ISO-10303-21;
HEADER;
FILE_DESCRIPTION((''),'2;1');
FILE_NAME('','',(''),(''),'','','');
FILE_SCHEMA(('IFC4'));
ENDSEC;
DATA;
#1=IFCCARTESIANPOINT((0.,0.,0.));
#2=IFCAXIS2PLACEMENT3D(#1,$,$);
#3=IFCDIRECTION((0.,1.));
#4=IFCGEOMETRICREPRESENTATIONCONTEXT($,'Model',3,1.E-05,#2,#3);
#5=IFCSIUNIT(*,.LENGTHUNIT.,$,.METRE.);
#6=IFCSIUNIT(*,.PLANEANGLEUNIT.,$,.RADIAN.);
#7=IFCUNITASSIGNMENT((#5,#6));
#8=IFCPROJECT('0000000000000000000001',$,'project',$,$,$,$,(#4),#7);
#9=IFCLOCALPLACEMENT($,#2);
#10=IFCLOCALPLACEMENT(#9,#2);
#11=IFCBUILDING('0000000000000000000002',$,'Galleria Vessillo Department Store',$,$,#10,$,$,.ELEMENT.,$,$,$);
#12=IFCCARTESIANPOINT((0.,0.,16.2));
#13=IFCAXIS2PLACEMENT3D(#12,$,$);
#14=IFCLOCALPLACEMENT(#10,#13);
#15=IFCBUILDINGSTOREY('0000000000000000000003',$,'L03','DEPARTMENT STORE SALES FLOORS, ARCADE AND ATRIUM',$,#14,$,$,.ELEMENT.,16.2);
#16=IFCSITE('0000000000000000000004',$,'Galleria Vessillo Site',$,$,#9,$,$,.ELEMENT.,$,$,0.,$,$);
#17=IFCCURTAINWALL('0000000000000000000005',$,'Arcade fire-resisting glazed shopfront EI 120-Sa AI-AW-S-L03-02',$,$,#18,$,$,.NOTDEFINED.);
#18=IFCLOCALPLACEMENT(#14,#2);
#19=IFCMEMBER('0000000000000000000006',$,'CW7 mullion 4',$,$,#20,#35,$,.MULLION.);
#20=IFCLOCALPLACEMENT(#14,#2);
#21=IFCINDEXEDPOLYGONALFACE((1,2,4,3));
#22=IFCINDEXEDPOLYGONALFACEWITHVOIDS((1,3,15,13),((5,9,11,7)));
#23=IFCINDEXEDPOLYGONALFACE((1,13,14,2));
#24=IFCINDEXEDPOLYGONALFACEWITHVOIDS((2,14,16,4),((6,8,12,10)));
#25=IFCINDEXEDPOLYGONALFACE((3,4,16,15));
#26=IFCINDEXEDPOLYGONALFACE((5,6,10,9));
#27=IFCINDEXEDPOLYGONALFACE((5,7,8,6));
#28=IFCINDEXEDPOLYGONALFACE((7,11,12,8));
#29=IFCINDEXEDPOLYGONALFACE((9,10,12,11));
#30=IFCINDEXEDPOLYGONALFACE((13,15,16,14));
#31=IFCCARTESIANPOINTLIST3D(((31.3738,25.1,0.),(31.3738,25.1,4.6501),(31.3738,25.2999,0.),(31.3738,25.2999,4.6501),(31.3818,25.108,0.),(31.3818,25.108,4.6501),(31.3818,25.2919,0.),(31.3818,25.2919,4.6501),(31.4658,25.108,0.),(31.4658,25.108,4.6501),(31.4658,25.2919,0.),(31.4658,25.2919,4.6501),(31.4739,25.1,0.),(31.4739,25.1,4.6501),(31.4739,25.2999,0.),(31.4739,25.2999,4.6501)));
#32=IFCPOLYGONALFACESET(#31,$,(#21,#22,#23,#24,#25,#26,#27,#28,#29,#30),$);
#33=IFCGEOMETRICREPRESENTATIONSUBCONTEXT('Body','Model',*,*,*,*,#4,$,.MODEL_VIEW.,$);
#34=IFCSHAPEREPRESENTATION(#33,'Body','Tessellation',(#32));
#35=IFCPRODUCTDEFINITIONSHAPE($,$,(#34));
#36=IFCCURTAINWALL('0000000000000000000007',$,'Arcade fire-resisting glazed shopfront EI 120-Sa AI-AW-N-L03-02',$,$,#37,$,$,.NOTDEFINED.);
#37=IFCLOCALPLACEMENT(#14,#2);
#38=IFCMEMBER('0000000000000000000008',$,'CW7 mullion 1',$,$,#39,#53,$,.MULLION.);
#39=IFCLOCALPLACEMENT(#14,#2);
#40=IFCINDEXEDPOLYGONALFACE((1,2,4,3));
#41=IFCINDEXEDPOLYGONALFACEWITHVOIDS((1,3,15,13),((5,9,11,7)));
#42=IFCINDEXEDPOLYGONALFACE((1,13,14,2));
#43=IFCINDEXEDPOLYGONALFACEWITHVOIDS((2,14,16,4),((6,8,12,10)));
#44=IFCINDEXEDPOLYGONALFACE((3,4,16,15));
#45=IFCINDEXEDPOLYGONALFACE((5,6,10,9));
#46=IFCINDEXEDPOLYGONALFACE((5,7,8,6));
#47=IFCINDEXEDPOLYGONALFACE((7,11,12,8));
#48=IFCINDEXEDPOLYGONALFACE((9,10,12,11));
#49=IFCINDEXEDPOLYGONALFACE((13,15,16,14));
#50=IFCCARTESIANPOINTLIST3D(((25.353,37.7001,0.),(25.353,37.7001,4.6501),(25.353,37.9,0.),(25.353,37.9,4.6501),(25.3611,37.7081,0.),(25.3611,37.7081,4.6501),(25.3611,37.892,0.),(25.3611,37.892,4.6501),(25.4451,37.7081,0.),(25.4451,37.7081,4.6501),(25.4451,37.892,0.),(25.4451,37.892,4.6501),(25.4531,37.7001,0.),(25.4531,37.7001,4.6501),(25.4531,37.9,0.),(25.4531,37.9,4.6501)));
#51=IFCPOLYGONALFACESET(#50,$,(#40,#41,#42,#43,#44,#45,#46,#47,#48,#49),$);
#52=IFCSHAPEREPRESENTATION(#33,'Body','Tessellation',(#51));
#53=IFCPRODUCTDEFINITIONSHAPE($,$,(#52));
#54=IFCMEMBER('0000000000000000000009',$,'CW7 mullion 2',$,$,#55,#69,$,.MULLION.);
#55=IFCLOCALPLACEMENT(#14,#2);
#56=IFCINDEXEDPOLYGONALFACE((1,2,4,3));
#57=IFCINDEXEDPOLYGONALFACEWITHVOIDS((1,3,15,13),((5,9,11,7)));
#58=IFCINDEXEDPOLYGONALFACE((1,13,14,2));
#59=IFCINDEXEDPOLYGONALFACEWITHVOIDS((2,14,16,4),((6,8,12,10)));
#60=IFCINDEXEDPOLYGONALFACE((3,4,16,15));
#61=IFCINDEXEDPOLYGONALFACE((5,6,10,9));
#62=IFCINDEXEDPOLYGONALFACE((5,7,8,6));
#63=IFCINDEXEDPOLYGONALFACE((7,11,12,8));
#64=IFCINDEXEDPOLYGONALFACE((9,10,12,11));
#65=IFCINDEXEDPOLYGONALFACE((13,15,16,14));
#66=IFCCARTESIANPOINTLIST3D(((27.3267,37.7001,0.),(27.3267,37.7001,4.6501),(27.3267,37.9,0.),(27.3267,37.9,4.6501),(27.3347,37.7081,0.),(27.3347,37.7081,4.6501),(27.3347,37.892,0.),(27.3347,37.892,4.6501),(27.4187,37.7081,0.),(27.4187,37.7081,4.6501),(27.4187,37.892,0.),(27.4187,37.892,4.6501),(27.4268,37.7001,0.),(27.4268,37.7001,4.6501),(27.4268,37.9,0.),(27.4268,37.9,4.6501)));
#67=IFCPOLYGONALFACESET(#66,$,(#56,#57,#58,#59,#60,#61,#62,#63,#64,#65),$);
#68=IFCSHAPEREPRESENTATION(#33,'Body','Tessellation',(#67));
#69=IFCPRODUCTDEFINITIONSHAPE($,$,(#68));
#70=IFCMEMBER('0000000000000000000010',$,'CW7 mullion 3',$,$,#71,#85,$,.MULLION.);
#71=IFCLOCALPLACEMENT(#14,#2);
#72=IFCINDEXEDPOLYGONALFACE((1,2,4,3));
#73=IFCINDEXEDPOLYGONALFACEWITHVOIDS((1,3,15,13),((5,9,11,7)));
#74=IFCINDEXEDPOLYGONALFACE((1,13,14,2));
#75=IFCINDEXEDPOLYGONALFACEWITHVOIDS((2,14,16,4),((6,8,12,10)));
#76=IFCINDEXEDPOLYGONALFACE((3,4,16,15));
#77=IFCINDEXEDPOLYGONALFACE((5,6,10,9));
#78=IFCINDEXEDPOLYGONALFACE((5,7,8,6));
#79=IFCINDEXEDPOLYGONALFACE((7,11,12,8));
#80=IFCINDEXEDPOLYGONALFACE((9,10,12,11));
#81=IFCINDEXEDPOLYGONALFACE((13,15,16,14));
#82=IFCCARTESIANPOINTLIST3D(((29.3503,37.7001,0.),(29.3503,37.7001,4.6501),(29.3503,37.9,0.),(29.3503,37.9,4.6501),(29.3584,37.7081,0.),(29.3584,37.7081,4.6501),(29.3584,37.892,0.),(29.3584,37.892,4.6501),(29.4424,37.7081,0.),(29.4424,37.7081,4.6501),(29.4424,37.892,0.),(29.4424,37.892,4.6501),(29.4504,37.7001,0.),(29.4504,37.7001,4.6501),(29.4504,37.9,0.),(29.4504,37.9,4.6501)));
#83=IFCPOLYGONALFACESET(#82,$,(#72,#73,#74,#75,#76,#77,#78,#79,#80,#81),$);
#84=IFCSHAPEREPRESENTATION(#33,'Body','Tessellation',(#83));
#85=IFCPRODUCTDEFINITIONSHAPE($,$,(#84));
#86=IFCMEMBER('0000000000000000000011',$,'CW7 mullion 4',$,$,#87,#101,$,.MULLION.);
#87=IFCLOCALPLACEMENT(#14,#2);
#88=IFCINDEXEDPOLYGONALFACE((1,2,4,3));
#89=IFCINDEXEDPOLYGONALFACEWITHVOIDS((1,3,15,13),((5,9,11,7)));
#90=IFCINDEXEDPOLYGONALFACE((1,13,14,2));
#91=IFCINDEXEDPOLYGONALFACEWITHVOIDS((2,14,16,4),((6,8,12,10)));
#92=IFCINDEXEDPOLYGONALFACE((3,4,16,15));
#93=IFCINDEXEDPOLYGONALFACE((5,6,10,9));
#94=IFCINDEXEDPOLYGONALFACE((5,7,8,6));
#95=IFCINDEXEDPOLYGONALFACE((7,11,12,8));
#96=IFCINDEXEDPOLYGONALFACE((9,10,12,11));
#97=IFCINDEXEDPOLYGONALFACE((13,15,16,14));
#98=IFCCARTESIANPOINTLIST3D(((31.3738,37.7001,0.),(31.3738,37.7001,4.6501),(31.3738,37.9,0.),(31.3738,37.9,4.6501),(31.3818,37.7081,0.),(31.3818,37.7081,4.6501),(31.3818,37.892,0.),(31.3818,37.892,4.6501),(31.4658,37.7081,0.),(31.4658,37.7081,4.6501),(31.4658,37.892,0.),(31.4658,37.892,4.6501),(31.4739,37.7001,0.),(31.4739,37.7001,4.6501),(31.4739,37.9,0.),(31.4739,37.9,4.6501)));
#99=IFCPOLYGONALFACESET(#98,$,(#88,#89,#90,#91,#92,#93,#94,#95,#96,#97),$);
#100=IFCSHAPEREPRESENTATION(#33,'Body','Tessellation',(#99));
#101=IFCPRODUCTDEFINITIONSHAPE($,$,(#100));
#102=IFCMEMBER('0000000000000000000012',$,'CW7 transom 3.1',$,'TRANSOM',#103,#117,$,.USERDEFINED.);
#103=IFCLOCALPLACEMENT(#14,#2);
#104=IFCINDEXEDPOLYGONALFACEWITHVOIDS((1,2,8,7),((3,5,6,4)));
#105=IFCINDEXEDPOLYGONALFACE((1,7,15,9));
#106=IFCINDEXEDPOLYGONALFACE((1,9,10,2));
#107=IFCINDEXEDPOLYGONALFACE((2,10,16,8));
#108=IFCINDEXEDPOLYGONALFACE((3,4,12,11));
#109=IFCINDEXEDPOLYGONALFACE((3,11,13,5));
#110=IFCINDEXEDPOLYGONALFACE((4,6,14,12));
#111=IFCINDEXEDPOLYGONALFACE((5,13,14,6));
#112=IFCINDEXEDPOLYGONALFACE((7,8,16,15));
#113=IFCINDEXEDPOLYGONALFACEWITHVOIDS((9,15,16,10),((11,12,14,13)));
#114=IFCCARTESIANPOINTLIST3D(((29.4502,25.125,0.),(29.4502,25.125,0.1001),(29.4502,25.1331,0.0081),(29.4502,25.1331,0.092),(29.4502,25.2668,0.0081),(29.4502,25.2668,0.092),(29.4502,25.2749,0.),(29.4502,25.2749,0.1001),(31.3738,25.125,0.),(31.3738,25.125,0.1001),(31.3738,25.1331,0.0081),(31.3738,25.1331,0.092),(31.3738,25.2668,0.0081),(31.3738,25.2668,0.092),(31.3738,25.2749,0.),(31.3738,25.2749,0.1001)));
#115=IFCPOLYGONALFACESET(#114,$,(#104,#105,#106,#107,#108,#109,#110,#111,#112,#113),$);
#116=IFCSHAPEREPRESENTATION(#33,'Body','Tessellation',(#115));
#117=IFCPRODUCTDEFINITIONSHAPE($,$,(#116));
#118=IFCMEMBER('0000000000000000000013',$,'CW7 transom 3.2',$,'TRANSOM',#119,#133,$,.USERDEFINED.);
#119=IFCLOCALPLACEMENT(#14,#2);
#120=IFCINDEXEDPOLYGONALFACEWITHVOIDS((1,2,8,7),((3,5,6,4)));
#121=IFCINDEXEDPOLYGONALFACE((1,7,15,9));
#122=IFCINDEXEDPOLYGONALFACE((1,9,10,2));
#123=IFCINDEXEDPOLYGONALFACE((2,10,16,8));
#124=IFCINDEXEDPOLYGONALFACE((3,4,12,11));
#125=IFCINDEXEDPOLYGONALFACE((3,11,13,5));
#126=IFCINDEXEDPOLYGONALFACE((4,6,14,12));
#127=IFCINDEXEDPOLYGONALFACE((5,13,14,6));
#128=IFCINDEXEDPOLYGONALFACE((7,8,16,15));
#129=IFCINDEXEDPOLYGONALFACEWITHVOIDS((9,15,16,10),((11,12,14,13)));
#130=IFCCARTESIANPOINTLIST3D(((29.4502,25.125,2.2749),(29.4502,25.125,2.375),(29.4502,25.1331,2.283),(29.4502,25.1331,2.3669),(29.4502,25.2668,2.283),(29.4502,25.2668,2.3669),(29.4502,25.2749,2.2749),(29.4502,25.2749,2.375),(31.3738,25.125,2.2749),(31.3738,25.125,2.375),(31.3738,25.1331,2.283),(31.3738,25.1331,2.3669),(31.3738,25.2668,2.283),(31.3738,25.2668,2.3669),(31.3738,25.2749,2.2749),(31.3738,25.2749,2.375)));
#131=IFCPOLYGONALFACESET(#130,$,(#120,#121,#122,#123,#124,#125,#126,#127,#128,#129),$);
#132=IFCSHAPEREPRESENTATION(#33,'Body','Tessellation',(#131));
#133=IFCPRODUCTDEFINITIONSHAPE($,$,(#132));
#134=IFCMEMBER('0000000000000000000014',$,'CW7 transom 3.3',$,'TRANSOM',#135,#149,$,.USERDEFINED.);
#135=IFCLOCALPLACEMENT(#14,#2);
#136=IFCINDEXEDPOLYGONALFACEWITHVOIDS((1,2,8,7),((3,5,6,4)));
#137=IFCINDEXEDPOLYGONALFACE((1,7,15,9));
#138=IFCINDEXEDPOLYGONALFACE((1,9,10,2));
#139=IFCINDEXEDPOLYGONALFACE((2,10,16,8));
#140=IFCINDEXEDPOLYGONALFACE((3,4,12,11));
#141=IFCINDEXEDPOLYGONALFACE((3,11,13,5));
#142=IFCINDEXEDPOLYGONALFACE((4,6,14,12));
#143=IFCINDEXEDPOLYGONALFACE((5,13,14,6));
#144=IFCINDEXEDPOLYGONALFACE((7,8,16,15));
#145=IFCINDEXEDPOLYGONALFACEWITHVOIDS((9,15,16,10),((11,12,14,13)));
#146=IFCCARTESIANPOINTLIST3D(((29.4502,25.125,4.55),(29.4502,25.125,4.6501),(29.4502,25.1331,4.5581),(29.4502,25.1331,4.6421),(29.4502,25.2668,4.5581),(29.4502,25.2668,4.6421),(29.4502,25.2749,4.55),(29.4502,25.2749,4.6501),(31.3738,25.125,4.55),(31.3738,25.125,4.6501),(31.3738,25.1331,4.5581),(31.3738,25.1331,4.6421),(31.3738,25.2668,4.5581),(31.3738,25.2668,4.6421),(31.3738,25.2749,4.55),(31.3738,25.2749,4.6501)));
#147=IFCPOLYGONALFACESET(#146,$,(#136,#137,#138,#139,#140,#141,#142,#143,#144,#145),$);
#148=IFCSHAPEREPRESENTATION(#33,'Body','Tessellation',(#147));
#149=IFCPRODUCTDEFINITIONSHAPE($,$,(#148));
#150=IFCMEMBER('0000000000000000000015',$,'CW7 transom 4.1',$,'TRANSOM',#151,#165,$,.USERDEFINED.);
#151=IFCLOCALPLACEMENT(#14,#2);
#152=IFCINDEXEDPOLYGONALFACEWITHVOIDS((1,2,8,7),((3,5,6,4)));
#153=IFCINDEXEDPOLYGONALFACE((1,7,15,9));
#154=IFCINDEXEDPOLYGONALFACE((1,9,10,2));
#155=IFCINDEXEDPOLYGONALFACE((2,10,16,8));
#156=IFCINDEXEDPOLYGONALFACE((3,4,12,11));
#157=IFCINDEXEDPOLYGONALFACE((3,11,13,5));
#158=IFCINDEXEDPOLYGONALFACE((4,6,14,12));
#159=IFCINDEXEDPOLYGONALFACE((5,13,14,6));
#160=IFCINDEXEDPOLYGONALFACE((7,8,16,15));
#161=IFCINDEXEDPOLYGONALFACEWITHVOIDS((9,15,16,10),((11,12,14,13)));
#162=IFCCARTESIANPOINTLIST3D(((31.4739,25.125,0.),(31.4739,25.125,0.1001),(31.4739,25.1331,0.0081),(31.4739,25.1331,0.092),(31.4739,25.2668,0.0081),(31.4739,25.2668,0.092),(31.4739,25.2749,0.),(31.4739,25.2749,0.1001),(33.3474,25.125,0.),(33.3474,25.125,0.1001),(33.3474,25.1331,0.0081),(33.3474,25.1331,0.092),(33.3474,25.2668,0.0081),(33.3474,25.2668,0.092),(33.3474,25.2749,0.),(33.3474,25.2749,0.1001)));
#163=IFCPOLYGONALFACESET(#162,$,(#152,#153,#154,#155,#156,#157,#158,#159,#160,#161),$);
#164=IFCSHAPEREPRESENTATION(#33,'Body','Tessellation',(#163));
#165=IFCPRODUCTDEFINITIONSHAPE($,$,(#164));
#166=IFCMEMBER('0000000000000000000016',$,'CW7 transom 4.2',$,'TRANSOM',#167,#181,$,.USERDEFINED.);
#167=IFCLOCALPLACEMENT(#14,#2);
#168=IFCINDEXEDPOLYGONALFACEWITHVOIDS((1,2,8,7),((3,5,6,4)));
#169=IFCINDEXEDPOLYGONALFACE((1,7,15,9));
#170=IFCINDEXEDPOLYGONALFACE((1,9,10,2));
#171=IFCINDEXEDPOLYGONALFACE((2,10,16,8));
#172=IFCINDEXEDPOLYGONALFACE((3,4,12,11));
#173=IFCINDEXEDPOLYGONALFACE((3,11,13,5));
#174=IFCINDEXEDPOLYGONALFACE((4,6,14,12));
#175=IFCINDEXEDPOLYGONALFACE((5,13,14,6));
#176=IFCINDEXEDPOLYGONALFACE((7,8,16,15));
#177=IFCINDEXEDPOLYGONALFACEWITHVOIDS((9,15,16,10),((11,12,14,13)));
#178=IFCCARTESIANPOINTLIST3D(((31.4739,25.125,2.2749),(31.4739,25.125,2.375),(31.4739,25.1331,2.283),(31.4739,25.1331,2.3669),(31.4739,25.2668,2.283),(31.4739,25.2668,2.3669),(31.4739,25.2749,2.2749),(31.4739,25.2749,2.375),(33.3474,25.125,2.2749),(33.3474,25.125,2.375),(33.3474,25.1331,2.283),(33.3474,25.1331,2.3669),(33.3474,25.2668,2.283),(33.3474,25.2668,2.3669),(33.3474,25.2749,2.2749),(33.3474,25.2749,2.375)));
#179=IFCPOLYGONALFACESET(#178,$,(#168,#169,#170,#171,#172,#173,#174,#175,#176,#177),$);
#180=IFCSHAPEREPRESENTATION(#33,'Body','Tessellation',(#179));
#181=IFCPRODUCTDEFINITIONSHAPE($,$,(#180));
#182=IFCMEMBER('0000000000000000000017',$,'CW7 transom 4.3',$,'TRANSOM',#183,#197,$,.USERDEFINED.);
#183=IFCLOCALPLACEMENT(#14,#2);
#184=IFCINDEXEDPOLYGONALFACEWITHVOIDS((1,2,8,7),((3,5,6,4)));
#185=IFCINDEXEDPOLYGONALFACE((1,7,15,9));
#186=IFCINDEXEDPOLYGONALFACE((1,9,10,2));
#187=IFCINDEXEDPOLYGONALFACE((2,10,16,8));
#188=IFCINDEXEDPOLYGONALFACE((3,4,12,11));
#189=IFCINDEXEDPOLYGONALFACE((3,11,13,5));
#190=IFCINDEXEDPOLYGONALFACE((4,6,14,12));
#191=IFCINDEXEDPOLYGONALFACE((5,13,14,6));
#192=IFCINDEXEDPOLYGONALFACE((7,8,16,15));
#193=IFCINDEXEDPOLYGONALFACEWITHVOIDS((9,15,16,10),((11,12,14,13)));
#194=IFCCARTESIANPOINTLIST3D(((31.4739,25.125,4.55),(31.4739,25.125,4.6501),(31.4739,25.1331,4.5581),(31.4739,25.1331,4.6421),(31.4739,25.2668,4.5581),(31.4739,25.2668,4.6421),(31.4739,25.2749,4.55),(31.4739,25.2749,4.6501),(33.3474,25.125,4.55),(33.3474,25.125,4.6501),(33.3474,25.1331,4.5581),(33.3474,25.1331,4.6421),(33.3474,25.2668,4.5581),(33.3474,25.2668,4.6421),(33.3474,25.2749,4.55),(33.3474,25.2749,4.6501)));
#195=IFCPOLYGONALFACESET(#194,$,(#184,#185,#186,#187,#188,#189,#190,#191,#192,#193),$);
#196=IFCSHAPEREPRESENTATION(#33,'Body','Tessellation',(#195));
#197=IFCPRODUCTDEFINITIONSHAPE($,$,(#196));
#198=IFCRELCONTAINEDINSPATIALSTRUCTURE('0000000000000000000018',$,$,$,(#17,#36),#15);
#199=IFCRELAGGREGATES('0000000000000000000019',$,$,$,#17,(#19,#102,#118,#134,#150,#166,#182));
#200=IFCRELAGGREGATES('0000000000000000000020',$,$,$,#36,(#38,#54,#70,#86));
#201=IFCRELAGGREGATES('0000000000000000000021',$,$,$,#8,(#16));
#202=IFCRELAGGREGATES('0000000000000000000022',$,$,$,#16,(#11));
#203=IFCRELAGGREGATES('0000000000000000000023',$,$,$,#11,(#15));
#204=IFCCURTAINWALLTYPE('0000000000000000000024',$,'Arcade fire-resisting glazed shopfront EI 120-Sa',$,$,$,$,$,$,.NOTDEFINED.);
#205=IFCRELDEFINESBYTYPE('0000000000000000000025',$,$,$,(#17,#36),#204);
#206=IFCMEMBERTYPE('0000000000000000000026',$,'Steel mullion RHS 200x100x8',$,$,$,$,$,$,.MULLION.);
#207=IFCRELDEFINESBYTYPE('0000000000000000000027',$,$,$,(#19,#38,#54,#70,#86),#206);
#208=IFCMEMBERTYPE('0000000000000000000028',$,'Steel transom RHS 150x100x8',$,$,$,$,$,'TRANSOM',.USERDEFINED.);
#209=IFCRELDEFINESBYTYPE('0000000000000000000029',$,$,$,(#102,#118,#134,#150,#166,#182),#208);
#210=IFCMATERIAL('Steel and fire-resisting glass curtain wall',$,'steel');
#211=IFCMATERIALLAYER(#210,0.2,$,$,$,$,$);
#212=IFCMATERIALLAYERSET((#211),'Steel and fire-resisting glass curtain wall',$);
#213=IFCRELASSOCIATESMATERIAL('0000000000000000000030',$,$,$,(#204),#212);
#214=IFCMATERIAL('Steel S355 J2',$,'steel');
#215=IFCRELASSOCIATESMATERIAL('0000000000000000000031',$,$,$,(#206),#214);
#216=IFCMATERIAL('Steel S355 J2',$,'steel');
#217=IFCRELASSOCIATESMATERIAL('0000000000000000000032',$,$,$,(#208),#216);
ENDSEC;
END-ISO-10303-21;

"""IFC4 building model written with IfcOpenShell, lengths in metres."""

from ifc_helpers import new_model, si_unit, direction, frame, origin, origin_2d, place, context, subcontext, project, spatial, hollow_rectangle, extrude, material, layer, layer_set, material_profile, profile_set, type_object, element, aggregate, save


model = new_model("IFC4")

# Units and contexts
model_context = context("Model", 3, precision=1e-05, world=origin(), true_north=direction((0.0, 1.0)))
body_context = subcontext(model_context, "Body", "Model", "MODEL_VIEW")
ifc_project = project(units=[si_unit("LENGTHUNIT", "METRE"), si_unit("PLANEANGLEUNIT", "RADIAN")], contexts=[model_context])

# Site, building, storey
site_placement = place(None, origin())
site = spatial("IfcSite", under=ifc_project, at=site_placement, Name="Galleria Vessillo Site", CompositionType="ELEMENT", RefElevation=0.0)
building_placement = place(site_placement, origin())
building = spatial("IfcBuilding", under=site, at=building_placement, Name="Galleria Vessillo Department Store", CompositionType="ELEMENT")
storey_placement = place(building_placement, frame((0.0, 0.0, 16.2)))
storey = spatial("IfcBuildingStorey", under=building, at=storey_placement, Name="L03", Description="DEPARTMENT STORE SALES FLOORS, ARCADE AND ATRIUM", CompositionType="ELEMENT", Elevation=16.2)

# Curtain wall, member
ifc_material_1 = material(Name="Steel and fire-resisting glass curtain wall", Category="steel")
ifc_layer_1 = layer(ifc_material_1, 0.2)
ifc_layer_set_1 = layer_set([ifc_layer_1], Name="Steel and fire-resisting glass curtain wall")
curtain_wall_type = type_object("IfcCurtainWallType", Name="Arcade fire-resisting glazed shopfront EI 120-Sa", PredefinedType="NOTDEFINED", material=ifc_layer_set_1)
curtain_wall_1_placement = place(storey_placement, origin())
curtain_wall_1 = element("IfcCurtainWall", 1, at=curtain_wall_1_placement, inside=storey, type_object=curtain_wall_type, Name="Arcade fire-resisting glazed shopfront EI 120-Sa AI-AW-S-L03-02", PredefinedType="NOTDEFINED")
ifc_material_2 = material(Name="Steel S355 J2", Category="steel")
ifc_material_profile_1 = material_profile(ifc_material_2, hollow_rectangle(XDim=0.2, YDim=0.1001, WallThickness=0.0081, at=origin_2d()), Name="RHS 200x100x8")
ifc_profile_set_1 = profile_set([ifc_material_profile_1], Name="Steel S355 J2")
member_type_1 = type_object("IfcMemberType", Name="Steel mullion RHS 200x100x8", PredefinedType="MULLION", material=ifc_profile_set_1)
member_1_placement = place(storey_placement, frame((31.4238, 25.2, 0.0), z_axis=(0.0, 0.0, 1.0), x_axis=(0.0, 1.0, 0.0)))
member_1 = element("IfcMember", 2, at=member_1_placement, type_object=member_type_1, Name="CW7 mullion 4", PredefinedType="MULLION", context=body_context, shape_type="SweptSolid", body=[
    extrude(hollow_rectangle(XDim=0.2, YDim=0.1001, WallThickness=0.0081, at=origin_2d()), origin(), (0.0, 0.0, 1.0), 4.6501),
])

# Curtain wall, members
curtain_wall_2_placement = place(storey_placement, origin())
curtain_wall_2 = element("IfcCurtainWall", 3, at=curtain_wall_2_placement, inside=storey, type_object=curtain_wall_type, Name="Arcade fire-resisting glazed shopfront EI 120-Sa AI-AW-N-L03-02", PredefinedType="NOTDEFINED")
member_2_placement = place(storey_placement, frame((25.4031, 37.8, 0.0), z_axis=(0.0, 0.0, 1.0), x_axis=(0.0, 1.0, 0.0)))
member_2 = element("IfcMember", 4, at=member_2_placement, type_object=member_type_1, Name="CW7 mullion 1", PredefinedType="MULLION", context=body_context, shape_type="SweptSolid", body=[
    extrude(hollow_rectangle(XDim=0.2, YDim=0.1001, WallThickness=0.0081, at=origin_2d()), origin(), (0.0, 0.0, 1.0), 4.6501),
])
member_3_placement = place(storey_placement, frame((27.3767, 37.8, 0.0), z_axis=(0.0, 0.0, 1.0), x_axis=(0.0, 1.0, 0.0)))
member_3 = element("IfcMember", 5, at=member_3_placement, type_object=member_type_1, Name="CW7 mullion 2", PredefinedType="MULLION", context=body_context, shape_type="SweptSolid", body=[
    extrude(hollow_rectangle(XDim=0.2, YDim=0.1001, WallThickness=0.0081, at=origin_2d()), origin(), (0.0, 0.0, 1.0), 4.6501),
])
member_4_placement = place(storey_placement, frame((29.4004, 37.8, 0.0), z_axis=(0.0, 0.0, 1.0), x_axis=(0.0, 1.0, 0.0)))
member_4 = element("IfcMember", 6, at=member_4_placement, type_object=member_type_1, Name="CW7 mullion 3", PredefinedType="MULLION", context=body_context, shape_type="SweptSolid", body=[
    extrude(hollow_rectangle(XDim=0.2, YDim=0.1001, WallThickness=0.0081, at=origin_2d()), origin(), (0.0, 0.0, 1.0), 4.6501),
])
member_5_placement = place(storey_placement, frame((31.4238, 37.8, 0.0), z_axis=(0.0, 0.0, 1.0), x_axis=(0.0, 1.0, 0.0)))
member_5 = element("IfcMember", 7, at=member_5_placement, type_object=member_type_1, Name="CW7 mullion 4", PredefinedType="MULLION", context=body_context, shape_type="SweptSolid", body=[
    extrude(hollow_rectangle(XDim=0.2, YDim=0.1001, WallThickness=0.0081, at=origin_2d()), origin(), (0.0, 0.0, 1.0), 4.6501),
])

# Members
ifc_material_3 = material(Name="Steel S355 J2", Category="steel")
ifc_material_profile_2 = material_profile(ifc_material_3, hollow_rectangle(XDim=0.1499, YDim=0.1001, WallThickness=0.0081, at=origin_2d()), Name="RHS 150x100x8")
ifc_profile_set_2 = profile_set([ifc_material_profile_2], Name="Steel S355 J2")
member_type_2 = type_object("IfcMemberType", Name="Steel transom RHS 150x100x8", ElementType="TRANSOM", PredefinedType="USERDEFINED", material=ifc_profile_set_2)
member_6_placement = place(storey_placement, frame((29.4502, 25.2, 0.05), z_axis=(1.0, 0.0, 0.0), x_axis=(0.0, 1.0, 0.0)))
member_6 = element("IfcMember", 8, at=member_6_placement, type_object=member_type_2, Name="CW7 transom 3.1", ObjectType="TRANSOM", PredefinedType="USERDEFINED", context=body_context, shape_type="SweptSolid", body=[
    extrude(hollow_rectangle(XDim=0.1499, YDim=0.1001, WallThickness=0.0081, at=origin_2d()), origin(), (0.0, 0.0, 1.0), 1.9236),
])
member_7_placement = place(storey_placement, frame((29.4502, 25.2, 2.325), z_axis=(1.0, 0.0, 0.0), x_axis=(0.0, 1.0, 0.0)))
member_7 = element("IfcMember", 9, at=member_7_placement, type_object=member_type_2, Name="CW7 transom 3.2", ObjectType="TRANSOM", PredefinedType="USERDEFINED", context=body_context, shape_type="SweptSolid", body=[
    extrude(hollow_rectangle(XDim=0.1499, YDim=0.1001, WallThickness=0.0081, at=origin_2d()), origin(), (0.0, 0.0, 1.0), 1.9236),
])
member_8_placement = place(storey_placement, frame((29.4502, 25.2, 4.6001), z_axis=(1.0, 0.0, 0.0), x_axis=(0.0, 1.0, 0.0)))
member_8 = element("IfcMember", 10, at=member_8_placement, type_object=member_type_2, Name="CW7 transom 3.3", ObjectType="TRANSOM", PredefinedType="USERDEFINED", context=body_context, shape_type="SweptSolid", body=[
    extrude(hollow_rectangle(XDim=0.1499, YDim=0.1001, WallThickness=0.0081, at=origin_2d()), origin(), (0.0, 0.0, 1.0), 1.9236),
])
member_9_placement = place(storey_placement, frame((31.4739, 25.2, 0.05), z_axis=(1.0, 0.0, 0.0), x_axis=(0.0, 1.0, 0.0)))
member_9 = element("IfcMember", 11, at=member_9_placement, type_object=member_type_2, Name="CW7 transom 4.1", ObjectType="TRANSOM", PredefinedType="USERDEFINED", context=body_context, shape_type="SweptSolid", body=[
    extrude(hollow_rectangle(XDim=0.1499, YDim=0.1001, WallThickness=0.0081, at=origin_2d()), origin(), (0.0, 0.0, 1.0), 1.8735),
])
member_10_placement = place(storey_placement, frame((31.4739, 25.2, 2.325), z_axis=(1.0, 0.0, 0.0), x_axis=(0.0, 1.0, 0.0)))
member_10 = element("IfcMember", 12, at=member_10_placement, type_object=member_type_2, Name="CW7 transom 4.2", ObjectType="TRANSOM", PredefinedType="USERDEFINED", context=body_context, shape_type="SweptSolid", body=[
    extrude(hollow_rectangle(XDim=0.1499, YDim=0.1001, WallThickness=0.0081, at=origin_2d()), origin(), (0.0, 0.0, 1.0), 1.8735),
])
member_11_placement = place(storey_placement, frame((31.4739, 25.2, 4.6001), z_axis=(1.0, 0.0, 0.0), x_axis=(0.0, 1.0, 0.0)))
member_11 = element("IfcMember", 13, at=member_11_placement, type_object=member_type_2, Name="CW7 transom 4.3", ObjectType="TRANSOM", PredefinedType="USERDEFINED", context=body_context, shape_type="SweptSolid", body=[
    extrude(hollow_rectangle(XDim=0.1499, YDim=0.1001, WallThickness=0.0081, at=origin_2d()), origin(), (0.0, 0.0, 1.0), 1.8735),
])

aggregate(curtain_wall_1, [member_1, member_6, member_7, member_8, member_9, member_10, member_11])
aggregate(curtain_wall_2, [member_2, member_3, member_4, member_5])

save(model, "model.ifc")
